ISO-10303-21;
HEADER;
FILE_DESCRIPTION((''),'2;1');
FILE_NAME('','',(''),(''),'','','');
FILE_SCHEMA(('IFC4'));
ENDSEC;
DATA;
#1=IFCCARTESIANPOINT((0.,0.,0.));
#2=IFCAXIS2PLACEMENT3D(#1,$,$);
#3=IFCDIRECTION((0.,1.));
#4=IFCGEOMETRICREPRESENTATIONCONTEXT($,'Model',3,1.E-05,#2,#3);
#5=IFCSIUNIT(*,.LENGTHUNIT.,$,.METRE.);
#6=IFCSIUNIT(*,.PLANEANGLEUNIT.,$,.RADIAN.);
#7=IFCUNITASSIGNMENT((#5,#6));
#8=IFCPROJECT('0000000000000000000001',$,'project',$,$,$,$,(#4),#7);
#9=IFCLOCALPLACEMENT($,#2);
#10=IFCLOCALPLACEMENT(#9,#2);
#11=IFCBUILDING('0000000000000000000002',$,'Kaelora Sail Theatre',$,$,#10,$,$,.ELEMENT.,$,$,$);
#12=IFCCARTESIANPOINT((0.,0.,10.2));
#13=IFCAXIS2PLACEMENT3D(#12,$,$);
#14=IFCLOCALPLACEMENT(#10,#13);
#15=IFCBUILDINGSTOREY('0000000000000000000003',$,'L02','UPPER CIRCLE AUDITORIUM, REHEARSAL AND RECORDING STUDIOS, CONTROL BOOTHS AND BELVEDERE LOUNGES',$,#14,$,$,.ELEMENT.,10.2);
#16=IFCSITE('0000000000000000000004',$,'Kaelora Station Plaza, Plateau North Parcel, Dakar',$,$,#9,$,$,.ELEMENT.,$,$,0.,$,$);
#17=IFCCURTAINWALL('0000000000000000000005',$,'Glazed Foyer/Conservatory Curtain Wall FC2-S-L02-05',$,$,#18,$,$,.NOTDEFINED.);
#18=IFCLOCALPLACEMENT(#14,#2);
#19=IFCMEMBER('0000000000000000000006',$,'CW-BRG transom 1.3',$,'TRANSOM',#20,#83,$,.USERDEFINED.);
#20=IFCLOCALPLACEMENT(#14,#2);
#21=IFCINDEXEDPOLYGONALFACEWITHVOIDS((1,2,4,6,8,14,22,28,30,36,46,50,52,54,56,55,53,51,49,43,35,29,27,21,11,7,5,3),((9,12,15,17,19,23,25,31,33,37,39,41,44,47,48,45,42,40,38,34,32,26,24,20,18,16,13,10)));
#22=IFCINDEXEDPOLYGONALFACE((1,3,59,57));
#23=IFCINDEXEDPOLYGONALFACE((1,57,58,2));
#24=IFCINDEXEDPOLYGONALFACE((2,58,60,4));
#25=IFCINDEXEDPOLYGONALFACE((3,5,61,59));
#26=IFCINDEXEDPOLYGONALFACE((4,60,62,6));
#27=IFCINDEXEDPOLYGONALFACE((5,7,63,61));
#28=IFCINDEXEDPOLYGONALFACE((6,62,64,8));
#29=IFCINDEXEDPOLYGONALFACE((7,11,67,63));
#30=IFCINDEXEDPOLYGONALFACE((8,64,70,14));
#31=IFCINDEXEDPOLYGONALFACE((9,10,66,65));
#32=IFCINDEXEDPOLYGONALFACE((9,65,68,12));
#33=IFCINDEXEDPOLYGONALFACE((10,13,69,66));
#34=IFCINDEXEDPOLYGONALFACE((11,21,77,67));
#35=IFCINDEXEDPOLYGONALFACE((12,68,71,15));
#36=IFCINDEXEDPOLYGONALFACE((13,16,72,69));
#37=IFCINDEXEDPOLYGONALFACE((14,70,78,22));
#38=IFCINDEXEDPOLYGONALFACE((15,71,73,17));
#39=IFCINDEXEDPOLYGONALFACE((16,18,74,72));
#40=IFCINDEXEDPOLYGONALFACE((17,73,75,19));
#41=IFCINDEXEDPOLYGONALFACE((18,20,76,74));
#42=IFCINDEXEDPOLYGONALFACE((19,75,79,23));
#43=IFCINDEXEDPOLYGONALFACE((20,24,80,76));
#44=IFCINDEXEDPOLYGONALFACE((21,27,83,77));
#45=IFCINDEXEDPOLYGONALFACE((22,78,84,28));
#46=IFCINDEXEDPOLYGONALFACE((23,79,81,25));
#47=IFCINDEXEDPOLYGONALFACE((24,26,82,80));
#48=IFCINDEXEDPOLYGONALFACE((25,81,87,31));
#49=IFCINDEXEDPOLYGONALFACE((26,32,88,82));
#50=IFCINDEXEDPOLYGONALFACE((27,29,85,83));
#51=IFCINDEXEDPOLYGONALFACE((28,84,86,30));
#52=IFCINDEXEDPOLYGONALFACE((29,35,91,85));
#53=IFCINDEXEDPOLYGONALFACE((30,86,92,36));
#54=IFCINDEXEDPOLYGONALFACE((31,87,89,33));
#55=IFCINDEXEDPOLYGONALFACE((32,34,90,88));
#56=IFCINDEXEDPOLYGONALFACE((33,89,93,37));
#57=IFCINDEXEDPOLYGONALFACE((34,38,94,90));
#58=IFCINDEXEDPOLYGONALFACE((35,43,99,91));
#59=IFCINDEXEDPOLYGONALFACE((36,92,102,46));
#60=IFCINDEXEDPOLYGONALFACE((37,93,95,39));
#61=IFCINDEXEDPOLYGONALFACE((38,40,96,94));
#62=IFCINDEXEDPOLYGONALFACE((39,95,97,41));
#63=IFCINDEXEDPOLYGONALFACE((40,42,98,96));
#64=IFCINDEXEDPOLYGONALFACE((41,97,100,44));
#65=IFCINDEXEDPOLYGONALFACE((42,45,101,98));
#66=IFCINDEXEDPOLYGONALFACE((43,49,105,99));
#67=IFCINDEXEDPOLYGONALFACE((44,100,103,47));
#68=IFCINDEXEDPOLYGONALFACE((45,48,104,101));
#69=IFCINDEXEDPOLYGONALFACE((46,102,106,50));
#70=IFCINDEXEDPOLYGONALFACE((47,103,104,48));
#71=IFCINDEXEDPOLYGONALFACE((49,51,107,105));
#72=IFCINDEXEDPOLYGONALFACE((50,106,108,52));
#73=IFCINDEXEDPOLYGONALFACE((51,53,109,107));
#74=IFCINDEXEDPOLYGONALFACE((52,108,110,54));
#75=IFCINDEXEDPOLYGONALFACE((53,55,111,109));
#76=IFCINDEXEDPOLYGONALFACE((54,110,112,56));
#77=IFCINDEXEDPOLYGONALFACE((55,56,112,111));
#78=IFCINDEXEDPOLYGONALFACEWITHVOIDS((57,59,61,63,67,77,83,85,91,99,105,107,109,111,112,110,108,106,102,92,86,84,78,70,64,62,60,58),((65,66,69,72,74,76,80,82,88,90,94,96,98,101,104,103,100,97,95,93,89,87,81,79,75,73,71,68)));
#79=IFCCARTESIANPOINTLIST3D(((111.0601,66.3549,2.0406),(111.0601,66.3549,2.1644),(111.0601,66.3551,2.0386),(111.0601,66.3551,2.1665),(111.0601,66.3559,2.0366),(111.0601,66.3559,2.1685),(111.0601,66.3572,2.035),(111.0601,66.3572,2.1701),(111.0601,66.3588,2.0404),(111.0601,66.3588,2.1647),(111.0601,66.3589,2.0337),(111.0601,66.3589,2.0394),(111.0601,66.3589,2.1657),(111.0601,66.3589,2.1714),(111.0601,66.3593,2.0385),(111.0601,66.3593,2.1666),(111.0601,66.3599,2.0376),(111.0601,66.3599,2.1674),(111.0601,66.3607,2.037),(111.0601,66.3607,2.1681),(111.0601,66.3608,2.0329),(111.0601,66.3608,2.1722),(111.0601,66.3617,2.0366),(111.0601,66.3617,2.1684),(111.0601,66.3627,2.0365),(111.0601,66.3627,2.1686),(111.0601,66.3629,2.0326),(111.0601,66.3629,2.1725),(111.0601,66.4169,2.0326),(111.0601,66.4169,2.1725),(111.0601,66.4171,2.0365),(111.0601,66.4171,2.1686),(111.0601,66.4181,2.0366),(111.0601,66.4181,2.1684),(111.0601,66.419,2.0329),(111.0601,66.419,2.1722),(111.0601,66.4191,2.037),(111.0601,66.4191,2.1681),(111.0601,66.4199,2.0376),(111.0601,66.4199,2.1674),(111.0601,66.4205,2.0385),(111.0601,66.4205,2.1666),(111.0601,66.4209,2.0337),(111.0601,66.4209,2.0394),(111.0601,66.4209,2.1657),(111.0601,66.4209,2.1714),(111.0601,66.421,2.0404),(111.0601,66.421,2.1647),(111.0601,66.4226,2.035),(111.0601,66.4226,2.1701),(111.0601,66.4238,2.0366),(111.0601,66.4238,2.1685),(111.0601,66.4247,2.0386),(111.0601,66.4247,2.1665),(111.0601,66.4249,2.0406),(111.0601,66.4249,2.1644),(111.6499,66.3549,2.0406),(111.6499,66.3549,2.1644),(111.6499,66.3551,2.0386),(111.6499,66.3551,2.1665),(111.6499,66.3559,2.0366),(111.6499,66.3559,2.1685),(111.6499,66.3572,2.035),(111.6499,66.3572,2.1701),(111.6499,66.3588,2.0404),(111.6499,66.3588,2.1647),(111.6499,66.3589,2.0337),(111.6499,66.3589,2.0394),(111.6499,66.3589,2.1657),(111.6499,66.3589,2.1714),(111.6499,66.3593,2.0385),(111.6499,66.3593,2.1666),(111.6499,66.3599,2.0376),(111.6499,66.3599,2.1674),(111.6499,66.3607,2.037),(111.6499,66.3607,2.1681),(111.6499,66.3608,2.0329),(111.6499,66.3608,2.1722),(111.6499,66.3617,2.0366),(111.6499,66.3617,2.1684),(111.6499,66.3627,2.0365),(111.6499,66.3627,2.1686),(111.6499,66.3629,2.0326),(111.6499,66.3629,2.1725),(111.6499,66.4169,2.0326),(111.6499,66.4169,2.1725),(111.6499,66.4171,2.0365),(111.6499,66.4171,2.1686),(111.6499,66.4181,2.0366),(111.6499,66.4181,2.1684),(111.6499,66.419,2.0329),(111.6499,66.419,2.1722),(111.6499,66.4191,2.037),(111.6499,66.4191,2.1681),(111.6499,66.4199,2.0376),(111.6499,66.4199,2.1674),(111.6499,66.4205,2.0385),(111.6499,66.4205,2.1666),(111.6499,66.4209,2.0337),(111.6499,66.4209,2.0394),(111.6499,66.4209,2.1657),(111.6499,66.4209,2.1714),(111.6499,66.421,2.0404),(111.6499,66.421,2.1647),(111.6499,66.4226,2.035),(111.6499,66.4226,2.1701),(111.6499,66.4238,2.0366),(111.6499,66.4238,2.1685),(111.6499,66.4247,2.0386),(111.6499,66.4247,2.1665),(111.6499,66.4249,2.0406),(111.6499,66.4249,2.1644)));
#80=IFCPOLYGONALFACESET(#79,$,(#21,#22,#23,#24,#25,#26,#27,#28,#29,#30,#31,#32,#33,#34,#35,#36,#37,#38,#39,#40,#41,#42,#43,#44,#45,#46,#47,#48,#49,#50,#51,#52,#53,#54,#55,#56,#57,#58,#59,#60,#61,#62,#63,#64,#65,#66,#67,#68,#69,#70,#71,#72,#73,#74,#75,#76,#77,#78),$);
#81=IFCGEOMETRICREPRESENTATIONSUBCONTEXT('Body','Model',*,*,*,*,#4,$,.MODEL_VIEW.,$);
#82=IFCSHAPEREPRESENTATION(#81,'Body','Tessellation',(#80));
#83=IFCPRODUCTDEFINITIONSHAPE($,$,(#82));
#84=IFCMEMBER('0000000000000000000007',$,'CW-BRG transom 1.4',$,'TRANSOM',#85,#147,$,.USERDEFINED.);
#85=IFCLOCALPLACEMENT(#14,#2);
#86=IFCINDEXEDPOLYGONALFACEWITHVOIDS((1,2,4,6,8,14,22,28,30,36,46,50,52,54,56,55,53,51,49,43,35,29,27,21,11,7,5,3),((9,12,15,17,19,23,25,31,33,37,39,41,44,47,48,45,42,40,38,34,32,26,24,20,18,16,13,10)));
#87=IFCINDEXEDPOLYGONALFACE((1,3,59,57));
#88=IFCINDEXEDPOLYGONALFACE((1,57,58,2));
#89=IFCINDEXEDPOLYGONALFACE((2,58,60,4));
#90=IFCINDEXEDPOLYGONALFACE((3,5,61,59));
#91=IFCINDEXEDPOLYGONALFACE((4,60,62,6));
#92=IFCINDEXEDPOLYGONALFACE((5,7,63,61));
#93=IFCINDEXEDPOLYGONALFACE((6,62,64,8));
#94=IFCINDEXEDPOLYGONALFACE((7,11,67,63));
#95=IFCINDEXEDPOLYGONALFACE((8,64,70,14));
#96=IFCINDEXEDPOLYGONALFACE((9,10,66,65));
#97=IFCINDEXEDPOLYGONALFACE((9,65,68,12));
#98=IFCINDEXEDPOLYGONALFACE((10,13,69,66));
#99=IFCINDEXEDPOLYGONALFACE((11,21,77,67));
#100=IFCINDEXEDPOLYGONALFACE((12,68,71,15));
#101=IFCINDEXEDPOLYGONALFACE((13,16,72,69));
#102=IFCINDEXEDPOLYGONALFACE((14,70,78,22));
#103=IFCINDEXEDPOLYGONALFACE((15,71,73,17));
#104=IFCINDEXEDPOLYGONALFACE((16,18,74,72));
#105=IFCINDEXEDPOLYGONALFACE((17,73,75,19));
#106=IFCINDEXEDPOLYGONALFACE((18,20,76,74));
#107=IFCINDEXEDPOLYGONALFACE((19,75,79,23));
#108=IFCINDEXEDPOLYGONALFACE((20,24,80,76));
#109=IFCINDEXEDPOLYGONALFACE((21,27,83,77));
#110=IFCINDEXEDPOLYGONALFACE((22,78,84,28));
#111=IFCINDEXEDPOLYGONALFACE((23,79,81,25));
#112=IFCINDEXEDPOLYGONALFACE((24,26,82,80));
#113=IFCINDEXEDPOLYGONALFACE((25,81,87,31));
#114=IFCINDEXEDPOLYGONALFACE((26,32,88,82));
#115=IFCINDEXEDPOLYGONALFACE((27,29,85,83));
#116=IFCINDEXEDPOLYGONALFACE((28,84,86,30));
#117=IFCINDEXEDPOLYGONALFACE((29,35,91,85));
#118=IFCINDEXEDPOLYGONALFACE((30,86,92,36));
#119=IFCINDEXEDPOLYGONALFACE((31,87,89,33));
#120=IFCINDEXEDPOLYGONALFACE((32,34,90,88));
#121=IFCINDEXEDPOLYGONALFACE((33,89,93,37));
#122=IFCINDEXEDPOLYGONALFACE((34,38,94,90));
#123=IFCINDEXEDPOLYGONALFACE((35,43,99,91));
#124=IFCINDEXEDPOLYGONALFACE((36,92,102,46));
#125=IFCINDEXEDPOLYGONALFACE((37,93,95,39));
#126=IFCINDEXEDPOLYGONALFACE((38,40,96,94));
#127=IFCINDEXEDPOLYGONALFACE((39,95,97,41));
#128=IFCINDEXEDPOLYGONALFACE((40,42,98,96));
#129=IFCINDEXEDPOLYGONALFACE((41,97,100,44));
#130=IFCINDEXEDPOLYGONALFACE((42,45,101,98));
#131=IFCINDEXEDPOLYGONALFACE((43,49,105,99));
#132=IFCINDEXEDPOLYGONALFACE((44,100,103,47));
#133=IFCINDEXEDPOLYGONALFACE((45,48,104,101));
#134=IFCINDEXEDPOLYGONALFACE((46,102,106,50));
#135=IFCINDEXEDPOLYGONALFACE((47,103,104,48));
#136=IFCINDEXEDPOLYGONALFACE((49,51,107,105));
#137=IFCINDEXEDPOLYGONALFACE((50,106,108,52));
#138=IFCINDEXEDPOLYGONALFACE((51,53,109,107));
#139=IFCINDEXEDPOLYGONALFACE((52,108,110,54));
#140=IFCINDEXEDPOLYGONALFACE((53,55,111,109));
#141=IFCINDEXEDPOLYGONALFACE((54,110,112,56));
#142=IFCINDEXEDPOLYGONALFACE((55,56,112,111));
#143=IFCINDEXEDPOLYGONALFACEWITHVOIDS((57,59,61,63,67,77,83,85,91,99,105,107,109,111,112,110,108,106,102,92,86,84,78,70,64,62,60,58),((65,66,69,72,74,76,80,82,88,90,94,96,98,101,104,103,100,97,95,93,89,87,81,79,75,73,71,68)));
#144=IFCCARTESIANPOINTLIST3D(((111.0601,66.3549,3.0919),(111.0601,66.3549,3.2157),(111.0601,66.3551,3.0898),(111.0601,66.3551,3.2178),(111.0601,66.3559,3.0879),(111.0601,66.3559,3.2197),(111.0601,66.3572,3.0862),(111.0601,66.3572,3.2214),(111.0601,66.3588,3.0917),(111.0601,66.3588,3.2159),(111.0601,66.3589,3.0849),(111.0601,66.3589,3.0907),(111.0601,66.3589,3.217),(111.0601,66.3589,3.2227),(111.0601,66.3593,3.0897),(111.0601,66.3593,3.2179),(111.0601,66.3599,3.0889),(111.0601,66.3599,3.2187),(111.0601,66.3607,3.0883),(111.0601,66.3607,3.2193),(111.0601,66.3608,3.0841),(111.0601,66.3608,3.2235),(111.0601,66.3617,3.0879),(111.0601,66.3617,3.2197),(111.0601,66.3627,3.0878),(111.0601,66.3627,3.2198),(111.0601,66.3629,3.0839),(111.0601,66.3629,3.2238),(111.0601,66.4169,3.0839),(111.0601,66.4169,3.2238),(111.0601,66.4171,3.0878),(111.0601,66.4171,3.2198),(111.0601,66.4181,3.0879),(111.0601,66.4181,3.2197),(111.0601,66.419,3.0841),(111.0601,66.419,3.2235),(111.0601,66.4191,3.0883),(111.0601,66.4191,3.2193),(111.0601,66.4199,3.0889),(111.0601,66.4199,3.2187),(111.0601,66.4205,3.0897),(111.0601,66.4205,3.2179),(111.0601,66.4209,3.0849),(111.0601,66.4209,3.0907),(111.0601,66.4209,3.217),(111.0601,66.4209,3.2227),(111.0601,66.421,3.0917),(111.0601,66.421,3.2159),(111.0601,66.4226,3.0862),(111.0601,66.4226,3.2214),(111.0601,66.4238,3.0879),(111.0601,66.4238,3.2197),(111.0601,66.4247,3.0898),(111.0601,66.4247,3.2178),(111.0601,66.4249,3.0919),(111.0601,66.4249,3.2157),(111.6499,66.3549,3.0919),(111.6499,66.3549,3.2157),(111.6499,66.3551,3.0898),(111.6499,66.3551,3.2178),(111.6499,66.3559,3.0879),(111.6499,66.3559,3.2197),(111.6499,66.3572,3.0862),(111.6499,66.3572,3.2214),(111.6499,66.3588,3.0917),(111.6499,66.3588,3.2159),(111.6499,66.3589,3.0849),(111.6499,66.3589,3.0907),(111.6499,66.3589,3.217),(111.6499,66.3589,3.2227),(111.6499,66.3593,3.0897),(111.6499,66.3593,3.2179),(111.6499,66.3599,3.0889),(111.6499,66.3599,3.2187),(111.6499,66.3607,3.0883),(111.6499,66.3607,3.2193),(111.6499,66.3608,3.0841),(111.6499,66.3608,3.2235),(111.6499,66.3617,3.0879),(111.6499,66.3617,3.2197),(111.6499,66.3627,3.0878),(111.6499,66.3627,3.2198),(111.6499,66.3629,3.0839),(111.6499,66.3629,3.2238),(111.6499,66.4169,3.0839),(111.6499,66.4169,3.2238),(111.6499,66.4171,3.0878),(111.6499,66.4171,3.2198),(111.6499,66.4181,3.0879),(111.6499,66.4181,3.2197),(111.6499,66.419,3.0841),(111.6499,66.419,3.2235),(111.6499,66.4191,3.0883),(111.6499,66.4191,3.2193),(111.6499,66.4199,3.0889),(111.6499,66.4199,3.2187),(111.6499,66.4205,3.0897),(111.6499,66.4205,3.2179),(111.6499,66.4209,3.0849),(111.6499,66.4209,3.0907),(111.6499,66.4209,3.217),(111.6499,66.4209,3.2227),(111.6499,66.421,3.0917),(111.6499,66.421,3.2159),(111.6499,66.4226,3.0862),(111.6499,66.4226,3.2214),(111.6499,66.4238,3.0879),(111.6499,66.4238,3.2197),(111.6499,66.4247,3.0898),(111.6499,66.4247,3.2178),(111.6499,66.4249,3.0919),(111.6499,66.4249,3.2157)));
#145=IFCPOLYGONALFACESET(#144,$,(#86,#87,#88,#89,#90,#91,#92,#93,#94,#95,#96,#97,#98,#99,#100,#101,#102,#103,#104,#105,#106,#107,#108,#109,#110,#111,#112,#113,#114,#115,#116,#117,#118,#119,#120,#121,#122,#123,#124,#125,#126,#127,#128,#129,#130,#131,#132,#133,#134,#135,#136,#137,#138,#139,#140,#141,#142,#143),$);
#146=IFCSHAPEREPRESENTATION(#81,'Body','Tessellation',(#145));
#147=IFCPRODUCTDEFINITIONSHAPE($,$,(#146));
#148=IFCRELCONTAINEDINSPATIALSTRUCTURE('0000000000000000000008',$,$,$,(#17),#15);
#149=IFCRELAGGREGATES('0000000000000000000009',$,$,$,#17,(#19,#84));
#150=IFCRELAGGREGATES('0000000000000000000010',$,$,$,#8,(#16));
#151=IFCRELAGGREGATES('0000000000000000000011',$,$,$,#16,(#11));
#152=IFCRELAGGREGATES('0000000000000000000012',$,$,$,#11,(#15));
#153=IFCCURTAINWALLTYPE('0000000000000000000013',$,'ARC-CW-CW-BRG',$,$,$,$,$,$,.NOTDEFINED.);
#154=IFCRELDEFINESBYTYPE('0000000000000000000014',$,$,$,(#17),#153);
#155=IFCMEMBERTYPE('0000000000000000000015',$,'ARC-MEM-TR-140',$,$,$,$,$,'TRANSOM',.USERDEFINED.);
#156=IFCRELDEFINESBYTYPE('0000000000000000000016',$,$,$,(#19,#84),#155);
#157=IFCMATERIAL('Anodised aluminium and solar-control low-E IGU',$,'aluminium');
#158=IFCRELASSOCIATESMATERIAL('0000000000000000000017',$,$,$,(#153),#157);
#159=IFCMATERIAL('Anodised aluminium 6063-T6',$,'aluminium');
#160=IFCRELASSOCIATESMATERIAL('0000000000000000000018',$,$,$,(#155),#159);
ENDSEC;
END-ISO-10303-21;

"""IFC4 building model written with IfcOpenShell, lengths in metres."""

from ifc_helpers import new_model, si_unit, direction, frame, origin, origin_2d, place, context, subcontext, project, spatial, hollow_rectangle, extrude, material, material_profile, profile_set, type_object, element, aggregate, save


model = new_model("IFC4")

# Units and contexts
model_context = context("Model", 3, precision=1e-05, world=origin(), true_north=direction((0.0, 1.0)))
body_context = subcontext(model_context, "Body", "Model", "MODEL_VIEW")
ifc_project = project(units=[si_unit("LENGTHUNIT", "METRE"), si_unit("PLANEANGLEUNIT", "RADIAN")], contexts=[model_context])

# Site, building, storey
site_placement = place(None, origin())
site = spatial("IfcSite", under=ifc_project, at=site_placement, Name="Kaelora Station Plaza, Plateau North Parcel, Dakar", CompositionType="ELEMENT", RefElevation=0.0)
building_placement = place(site_placement, origin())
building = spatial("IfcBuilding", under=site, at=building_placement, Name="Kaelora Sail Theatre", CompositionType="ELEMENT")
storey_placement = place(building_placement, frame((0.0, 0.0, 10.2)))
storey = spatial("IfcBuildingStorey", under=building, at=storey_placement, Name="L02", Description="UPPER CIRCLE AUDITORIUM, REHEARSAL AND RECORDING STUDIOS, CONTROL BOOTHS AND BELVEDERE LOUNGES", CompositionType="ELEMENT", Elevation=10.2)

# Shared definitions
ifc_material_1 = material(Name="Anodised aluminium and solar-control low-E IGU", Category="aluminium")
curtain_wall_type = type_object("IfcCurtainWallType", Name="ARC-CW-CW-BRG", PredefinedType="NOTDEFINED", material=ifc_material_1)

# Curtain wall
curtain_wall_1_placement = place(storey_placement, origin())
curtain_wall_1 = element("IfcCurtainWall", 1, at=curtain_wall_1_placement, inside=storey, type_object=curtain_wall_type, Name="Glazed Foyer/Conservatory Curtain Wall FC2-S-L02-05", PredefinedType="NOTDEFINED")

# Members
ifc_material_2 = material(Name="Anodised aluminium 6063-T6", Category="aluminium")
ifc_material_profile_1 = material_profile(ifc_material_2, hollow_rectangle(XDim=0.0701, YDim=0.1399, WallThickness=0.0039, InnerFilletRadius=0.0039, OuterFilletRadius=0.0081, at=origin_2d()), Name="ALU-TRAN 70x140x4")
ifc_profile_set_1 = profile_set([ifc_material_profile_1], Name="Anodised aluminium 6063-T6")
member_type_1 = type_object("IfcMemberType", Name="ARC-MEM-TR-140", ElementType="TRANSOM", PredefinedType="USERDEFINED", material=ifc_profile_set_1)
member_1_placement = place(storey_placement, frame((111.0601, 66.3899, 2.1025), z_axis=(1.0, 0.0, 0.0), x_axis=(0.0, 1.0, 0.0)))
member_1 = element("IfcMember", 2, at=member_1_placement, type_object=member_type_1, Name="CW-BRG transom 1.3", ObjectType="TRANSOM", PredefinedType="USERDEFINED", context=body_context, shape_type="SweptSolid", body=[
    extrude(hollow_rectangle(XDim=0.0701, YDim=0.1399, WallThickness=0.0039, InnerFilletRadius=0.0039, OuterFilletRadius=0.0081, at=origin_2d()), origin(), (0.0, 0.0, 1.0), 0.5898),
])
member_2_placement = place(storey_placement, frame((111.0601, 66.3899, 3.1538), z_axis=(1.0, 0.0, 0.0), x_axis=(0.0, 1.0, 0.0)))
member_2 = element("IfcMember", 3, at=member_2_placement, type_object=member_type_1, Name="CW-BRG transom 1.4", ObjectType="TRANSOM", PredefinedType="USERDEFINED", context=body_context, shape_type="SweptSolid", body=[
    extrude(hollow_rectangle(XDim=0.0701, YDim=0.1399, WallThickness=0.0039, InnerFilletRadius=0.0039, OuterFilletRadius=0.0081, at=origin_2d()), origin(), (0.0, 0.0, 1.0), 0.5898),
])

aggregate(curtain_wall_1, [member_1, member_2])

save(model, "model.ifc")
